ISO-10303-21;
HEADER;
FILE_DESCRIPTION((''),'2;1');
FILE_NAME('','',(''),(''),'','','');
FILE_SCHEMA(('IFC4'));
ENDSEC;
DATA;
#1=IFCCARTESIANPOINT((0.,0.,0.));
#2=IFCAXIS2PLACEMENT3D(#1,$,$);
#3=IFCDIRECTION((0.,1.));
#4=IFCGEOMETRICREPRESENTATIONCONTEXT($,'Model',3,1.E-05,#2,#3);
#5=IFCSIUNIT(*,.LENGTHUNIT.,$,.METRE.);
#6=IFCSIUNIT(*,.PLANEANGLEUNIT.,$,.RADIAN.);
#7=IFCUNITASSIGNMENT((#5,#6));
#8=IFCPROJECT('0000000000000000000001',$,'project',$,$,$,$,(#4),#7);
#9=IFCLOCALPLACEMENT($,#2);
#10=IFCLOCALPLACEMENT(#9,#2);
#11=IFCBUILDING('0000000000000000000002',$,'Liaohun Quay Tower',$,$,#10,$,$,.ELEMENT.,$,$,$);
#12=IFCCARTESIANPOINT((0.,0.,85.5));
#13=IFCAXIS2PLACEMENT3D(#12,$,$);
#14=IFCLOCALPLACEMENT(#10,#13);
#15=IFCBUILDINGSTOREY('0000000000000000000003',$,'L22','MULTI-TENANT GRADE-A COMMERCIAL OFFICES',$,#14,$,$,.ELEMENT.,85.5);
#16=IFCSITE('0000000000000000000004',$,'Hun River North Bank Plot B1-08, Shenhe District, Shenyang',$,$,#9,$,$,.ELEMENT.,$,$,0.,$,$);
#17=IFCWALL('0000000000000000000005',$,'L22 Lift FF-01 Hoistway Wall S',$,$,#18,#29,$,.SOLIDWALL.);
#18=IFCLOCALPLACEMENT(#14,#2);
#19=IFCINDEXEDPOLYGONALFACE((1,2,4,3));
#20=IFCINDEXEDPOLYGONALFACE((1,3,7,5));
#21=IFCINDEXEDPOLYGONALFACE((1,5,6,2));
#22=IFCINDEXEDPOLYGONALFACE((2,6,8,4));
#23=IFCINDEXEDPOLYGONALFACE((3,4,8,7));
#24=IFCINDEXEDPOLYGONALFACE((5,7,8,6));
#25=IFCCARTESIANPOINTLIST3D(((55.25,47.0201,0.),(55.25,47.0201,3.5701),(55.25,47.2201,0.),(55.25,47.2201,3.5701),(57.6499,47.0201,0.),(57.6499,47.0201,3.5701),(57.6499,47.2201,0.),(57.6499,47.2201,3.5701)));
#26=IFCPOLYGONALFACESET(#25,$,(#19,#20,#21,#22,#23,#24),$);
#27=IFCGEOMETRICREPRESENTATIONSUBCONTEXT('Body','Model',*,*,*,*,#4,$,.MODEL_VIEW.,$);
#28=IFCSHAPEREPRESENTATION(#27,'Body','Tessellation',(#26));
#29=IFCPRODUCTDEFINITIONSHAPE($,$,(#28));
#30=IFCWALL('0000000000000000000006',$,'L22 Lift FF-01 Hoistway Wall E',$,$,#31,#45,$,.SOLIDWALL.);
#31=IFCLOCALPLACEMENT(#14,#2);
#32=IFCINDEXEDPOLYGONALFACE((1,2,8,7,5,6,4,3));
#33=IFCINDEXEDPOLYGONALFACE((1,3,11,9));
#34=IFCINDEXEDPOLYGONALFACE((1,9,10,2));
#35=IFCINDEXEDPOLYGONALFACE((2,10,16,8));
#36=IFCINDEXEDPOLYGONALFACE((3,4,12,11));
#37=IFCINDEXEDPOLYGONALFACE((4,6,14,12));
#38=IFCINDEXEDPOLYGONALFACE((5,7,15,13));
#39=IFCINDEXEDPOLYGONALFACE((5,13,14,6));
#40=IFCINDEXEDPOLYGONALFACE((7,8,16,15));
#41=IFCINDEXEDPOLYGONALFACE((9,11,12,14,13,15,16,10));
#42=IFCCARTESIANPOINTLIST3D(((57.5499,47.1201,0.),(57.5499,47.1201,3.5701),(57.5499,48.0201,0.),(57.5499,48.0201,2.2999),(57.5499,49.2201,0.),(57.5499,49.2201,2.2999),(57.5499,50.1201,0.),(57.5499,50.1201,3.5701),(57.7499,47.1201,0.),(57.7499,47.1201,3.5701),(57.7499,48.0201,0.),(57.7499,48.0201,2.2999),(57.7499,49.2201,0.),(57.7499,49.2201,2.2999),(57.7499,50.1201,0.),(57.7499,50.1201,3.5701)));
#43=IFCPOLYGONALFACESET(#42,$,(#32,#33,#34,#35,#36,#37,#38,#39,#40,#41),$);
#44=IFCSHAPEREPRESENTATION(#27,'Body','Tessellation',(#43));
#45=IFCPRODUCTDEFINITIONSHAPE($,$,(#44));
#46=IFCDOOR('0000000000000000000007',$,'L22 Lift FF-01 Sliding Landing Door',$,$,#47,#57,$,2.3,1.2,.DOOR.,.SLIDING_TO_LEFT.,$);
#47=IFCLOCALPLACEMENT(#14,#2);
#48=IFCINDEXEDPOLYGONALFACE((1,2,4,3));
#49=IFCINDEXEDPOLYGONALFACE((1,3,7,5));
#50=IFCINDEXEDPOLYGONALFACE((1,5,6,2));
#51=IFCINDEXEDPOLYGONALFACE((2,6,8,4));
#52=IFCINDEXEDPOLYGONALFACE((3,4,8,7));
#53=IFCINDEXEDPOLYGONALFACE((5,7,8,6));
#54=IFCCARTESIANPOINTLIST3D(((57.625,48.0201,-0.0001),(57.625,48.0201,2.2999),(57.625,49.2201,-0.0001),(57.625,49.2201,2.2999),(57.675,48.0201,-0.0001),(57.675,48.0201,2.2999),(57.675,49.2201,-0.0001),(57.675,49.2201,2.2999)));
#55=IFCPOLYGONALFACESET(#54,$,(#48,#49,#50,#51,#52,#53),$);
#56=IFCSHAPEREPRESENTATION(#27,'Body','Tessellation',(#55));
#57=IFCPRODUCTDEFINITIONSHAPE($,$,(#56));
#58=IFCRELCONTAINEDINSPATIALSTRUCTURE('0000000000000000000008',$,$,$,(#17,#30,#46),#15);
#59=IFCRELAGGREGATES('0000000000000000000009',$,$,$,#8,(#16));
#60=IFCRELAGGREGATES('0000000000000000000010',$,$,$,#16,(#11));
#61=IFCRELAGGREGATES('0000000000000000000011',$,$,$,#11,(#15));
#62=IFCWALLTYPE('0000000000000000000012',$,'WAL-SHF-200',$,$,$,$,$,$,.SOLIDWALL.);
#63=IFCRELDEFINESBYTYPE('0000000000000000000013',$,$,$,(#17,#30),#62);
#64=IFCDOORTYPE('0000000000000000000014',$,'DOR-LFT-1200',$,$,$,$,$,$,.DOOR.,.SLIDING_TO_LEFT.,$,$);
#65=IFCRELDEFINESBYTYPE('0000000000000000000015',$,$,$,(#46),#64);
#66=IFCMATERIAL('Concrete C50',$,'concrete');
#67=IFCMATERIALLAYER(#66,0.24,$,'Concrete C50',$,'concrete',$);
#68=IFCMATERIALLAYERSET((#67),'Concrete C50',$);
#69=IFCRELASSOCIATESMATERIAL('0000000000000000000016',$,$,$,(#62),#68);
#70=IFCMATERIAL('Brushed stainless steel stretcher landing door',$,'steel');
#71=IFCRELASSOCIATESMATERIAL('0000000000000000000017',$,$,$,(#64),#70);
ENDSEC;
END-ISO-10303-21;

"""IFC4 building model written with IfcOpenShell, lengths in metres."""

from ifc_helpers import new_model, si_unit, direction, frame, frame_2d, origin, place, context, subcontext, project, spatial, rectangle, extrude, source, transform, mapped, material, layer, layer_set, type_object, element, fill, save


model = new_model("IFC4")

# Units and contexts
model_context = context("Model", 3, precision=1e-05, world=origin(), true_north=direction((0.0, 1.0)))
body_context = subcontext(model_context, "Body", "Model", "MODEL_VIEW")
ifc_project = project(units=[si_unit("LENGTHUNIT", "METRE"), si_unit("PLANEANGLEUNIT", "RADIAN")], contexts=[model_context])

# Site, building, storey
site_placement = place(None, origin())
site = spatial("IfcSite", under=ifc_project, at=site_placement, Name="Hun River North Bank Plot B1-08, Shenhe District, Shenyang", CompositionType="ELEMENT", RefElevation=0.0)
building_placement = place(site_placement, origin())
building = spatial("IfcBuilding", under=site, at=building_placement, Name="Liaohun Quay Tower", CompositionType="ELEMENT")
storey_placement = place(building_placement, frame((0.0, 0.0, 85.5)))
storey = spatial("IfcBuildingStorey", under=building, at=storey_placement, Name="L22", Description="MULTI-TENANT GRADE-A COMMERCIAL OFFICES", CompositionType="ELEMENT", Elevation=85.5)

# Shared definitions
ifc_material_1 = material(Name="Concrete C50", Category="concrete")

# Wall
ifc_layer_1 = layer(ifc_material_1, 0.24, Name="Concrete C50", Category="concrete")
ifc_layer_set_1 = layer_set([ifc_layer_1], Name="Concrete C50")
wall_type_1 = type_object("IfcWallType", Name="WAL-SHF-200", PredefinedType="SOLIDWALL", material=ifc_layer_set_1)
wall_1_placement = place(storey_placement, frame((55.25, 47.1201, 0.0), z_axis=(0.0, 0.0, 1.0), x_axis=(1.0, 0.0, 0.0)))
element("IfcWall", 1, at=wall_1_placement, inside=storey, type_object=wall_type_1, Name="L22 Lift FF-01 Hoistway Wall S", PredefinedType="SOLIDWALL", context=body_context, shape_type="SweptSolid", body=[
    extrude(rectangle(XDim=2.3999, YDim=0.2, at=frame_2d((1.2, 0.0))), origin(), (0.0, 0.0, 1.0), 3.5701),
])

# Wall, opening, door
wall_2_placement = place(storey_placement, frame((57.6499, 47.1201, 0.0), z_axis=(0.0, 0.0, 1.0), x_axis=(0.0, 1.0, 0.0)))
wall_2 = element("IfcWall", 2, at=wall_2_placement, inside=storey, type_object=wall_type_1, Name="L22 Lift FF-01 Hoistway Wall E", PredefinedType="SOLIDWALL", context=body_context, shape_type="SweptSolid", body=[
    extrude(rectangle(XDim=3.0, YDim=0.2, at=frame_2d((1.5, 0.0))), origin(), (0.0, 0.0, 1.0), 3.5701),
])
shared_shape_1 = source(origin(), body_context, "Body", "SweptSolid", [
    extrude(rectangle(XDim=1.2, YDim=2.3, at=frame_2d((0.6001, 1.1499))), frame((0.0, 0.1099, 0.0), z_axis=(0.0, -1.0, 0.0), x_axis=(1.0, 0.0, 0.0)), (0.0, 0.0, 1.0), 0.22),
])
opening_1_placement = place(wall_2_placement, frame((0.8999, 0.0, 0.0)))
opening_1 = element("IfcOpeningElement", 3, at=opening_1_placement, cuts=wall_2, PredefinedType="OPENING", context=body_context, shape_type="MappedRepresentation", body=[
    mapped(shared_shape_1, transform((0.0, 0.0, 0.0), x_axis=(1.0, 0.0, 0.0), y_axis=(0.0, 1.0, 0.0), z_axis=(0.0, 0.0, 1.0), scale=1.0)),
])
ifc_material_2 = material(Name="Brushed stainless steel stretcher landing door", Category="steel")
door_type_1 = type_object("IfcDoorType", Name="DOR-LFT-1200", OperationType="SLIDING_TO_LEFT", PredefinedType="DOOR", material=ifc_material_2)
shared_shape_2 = source(origin(), body_context, "Body", "SweptSolid", [
    extrude(rectangle(XDim=1.2, YDim=2.3, at=frame_2d((0.6001, 1.1499))), frame((0.0, 0.0249, 0.0), z_axis=(0.0, -1.0, 0.0), x_axis=(1.0, 0.0, 0.0)), (0.0, 0.0, 1.0), 0.05),
])
door_1_placement = place(opening_1_placement, origin())
door_1 = element("IfcDoor", 4, at=door_1_placement, inside=storey, type_object=door_type_1, Name="L22 Lift FF-01 Sliding Landing Door", OperationType="SLIDING_TO_LEFT", OverallHeight=2.3, OverallWidth=1.2, PredefinedType="DOOR", context=body_context, shape_type="MappedRepresentation", body=[
    mapped(shared_shape_2, transform((0.0, 0.0, 0.0), x_axis=(1.0, 0.0, 0.0), y_axis=(0.0, 1.0, 0.0), z_axis=(0.0, 0.0, 1.0), scale=1.0)),
])
fill(opening_1, door_1)

save(model, "model.ifc")
